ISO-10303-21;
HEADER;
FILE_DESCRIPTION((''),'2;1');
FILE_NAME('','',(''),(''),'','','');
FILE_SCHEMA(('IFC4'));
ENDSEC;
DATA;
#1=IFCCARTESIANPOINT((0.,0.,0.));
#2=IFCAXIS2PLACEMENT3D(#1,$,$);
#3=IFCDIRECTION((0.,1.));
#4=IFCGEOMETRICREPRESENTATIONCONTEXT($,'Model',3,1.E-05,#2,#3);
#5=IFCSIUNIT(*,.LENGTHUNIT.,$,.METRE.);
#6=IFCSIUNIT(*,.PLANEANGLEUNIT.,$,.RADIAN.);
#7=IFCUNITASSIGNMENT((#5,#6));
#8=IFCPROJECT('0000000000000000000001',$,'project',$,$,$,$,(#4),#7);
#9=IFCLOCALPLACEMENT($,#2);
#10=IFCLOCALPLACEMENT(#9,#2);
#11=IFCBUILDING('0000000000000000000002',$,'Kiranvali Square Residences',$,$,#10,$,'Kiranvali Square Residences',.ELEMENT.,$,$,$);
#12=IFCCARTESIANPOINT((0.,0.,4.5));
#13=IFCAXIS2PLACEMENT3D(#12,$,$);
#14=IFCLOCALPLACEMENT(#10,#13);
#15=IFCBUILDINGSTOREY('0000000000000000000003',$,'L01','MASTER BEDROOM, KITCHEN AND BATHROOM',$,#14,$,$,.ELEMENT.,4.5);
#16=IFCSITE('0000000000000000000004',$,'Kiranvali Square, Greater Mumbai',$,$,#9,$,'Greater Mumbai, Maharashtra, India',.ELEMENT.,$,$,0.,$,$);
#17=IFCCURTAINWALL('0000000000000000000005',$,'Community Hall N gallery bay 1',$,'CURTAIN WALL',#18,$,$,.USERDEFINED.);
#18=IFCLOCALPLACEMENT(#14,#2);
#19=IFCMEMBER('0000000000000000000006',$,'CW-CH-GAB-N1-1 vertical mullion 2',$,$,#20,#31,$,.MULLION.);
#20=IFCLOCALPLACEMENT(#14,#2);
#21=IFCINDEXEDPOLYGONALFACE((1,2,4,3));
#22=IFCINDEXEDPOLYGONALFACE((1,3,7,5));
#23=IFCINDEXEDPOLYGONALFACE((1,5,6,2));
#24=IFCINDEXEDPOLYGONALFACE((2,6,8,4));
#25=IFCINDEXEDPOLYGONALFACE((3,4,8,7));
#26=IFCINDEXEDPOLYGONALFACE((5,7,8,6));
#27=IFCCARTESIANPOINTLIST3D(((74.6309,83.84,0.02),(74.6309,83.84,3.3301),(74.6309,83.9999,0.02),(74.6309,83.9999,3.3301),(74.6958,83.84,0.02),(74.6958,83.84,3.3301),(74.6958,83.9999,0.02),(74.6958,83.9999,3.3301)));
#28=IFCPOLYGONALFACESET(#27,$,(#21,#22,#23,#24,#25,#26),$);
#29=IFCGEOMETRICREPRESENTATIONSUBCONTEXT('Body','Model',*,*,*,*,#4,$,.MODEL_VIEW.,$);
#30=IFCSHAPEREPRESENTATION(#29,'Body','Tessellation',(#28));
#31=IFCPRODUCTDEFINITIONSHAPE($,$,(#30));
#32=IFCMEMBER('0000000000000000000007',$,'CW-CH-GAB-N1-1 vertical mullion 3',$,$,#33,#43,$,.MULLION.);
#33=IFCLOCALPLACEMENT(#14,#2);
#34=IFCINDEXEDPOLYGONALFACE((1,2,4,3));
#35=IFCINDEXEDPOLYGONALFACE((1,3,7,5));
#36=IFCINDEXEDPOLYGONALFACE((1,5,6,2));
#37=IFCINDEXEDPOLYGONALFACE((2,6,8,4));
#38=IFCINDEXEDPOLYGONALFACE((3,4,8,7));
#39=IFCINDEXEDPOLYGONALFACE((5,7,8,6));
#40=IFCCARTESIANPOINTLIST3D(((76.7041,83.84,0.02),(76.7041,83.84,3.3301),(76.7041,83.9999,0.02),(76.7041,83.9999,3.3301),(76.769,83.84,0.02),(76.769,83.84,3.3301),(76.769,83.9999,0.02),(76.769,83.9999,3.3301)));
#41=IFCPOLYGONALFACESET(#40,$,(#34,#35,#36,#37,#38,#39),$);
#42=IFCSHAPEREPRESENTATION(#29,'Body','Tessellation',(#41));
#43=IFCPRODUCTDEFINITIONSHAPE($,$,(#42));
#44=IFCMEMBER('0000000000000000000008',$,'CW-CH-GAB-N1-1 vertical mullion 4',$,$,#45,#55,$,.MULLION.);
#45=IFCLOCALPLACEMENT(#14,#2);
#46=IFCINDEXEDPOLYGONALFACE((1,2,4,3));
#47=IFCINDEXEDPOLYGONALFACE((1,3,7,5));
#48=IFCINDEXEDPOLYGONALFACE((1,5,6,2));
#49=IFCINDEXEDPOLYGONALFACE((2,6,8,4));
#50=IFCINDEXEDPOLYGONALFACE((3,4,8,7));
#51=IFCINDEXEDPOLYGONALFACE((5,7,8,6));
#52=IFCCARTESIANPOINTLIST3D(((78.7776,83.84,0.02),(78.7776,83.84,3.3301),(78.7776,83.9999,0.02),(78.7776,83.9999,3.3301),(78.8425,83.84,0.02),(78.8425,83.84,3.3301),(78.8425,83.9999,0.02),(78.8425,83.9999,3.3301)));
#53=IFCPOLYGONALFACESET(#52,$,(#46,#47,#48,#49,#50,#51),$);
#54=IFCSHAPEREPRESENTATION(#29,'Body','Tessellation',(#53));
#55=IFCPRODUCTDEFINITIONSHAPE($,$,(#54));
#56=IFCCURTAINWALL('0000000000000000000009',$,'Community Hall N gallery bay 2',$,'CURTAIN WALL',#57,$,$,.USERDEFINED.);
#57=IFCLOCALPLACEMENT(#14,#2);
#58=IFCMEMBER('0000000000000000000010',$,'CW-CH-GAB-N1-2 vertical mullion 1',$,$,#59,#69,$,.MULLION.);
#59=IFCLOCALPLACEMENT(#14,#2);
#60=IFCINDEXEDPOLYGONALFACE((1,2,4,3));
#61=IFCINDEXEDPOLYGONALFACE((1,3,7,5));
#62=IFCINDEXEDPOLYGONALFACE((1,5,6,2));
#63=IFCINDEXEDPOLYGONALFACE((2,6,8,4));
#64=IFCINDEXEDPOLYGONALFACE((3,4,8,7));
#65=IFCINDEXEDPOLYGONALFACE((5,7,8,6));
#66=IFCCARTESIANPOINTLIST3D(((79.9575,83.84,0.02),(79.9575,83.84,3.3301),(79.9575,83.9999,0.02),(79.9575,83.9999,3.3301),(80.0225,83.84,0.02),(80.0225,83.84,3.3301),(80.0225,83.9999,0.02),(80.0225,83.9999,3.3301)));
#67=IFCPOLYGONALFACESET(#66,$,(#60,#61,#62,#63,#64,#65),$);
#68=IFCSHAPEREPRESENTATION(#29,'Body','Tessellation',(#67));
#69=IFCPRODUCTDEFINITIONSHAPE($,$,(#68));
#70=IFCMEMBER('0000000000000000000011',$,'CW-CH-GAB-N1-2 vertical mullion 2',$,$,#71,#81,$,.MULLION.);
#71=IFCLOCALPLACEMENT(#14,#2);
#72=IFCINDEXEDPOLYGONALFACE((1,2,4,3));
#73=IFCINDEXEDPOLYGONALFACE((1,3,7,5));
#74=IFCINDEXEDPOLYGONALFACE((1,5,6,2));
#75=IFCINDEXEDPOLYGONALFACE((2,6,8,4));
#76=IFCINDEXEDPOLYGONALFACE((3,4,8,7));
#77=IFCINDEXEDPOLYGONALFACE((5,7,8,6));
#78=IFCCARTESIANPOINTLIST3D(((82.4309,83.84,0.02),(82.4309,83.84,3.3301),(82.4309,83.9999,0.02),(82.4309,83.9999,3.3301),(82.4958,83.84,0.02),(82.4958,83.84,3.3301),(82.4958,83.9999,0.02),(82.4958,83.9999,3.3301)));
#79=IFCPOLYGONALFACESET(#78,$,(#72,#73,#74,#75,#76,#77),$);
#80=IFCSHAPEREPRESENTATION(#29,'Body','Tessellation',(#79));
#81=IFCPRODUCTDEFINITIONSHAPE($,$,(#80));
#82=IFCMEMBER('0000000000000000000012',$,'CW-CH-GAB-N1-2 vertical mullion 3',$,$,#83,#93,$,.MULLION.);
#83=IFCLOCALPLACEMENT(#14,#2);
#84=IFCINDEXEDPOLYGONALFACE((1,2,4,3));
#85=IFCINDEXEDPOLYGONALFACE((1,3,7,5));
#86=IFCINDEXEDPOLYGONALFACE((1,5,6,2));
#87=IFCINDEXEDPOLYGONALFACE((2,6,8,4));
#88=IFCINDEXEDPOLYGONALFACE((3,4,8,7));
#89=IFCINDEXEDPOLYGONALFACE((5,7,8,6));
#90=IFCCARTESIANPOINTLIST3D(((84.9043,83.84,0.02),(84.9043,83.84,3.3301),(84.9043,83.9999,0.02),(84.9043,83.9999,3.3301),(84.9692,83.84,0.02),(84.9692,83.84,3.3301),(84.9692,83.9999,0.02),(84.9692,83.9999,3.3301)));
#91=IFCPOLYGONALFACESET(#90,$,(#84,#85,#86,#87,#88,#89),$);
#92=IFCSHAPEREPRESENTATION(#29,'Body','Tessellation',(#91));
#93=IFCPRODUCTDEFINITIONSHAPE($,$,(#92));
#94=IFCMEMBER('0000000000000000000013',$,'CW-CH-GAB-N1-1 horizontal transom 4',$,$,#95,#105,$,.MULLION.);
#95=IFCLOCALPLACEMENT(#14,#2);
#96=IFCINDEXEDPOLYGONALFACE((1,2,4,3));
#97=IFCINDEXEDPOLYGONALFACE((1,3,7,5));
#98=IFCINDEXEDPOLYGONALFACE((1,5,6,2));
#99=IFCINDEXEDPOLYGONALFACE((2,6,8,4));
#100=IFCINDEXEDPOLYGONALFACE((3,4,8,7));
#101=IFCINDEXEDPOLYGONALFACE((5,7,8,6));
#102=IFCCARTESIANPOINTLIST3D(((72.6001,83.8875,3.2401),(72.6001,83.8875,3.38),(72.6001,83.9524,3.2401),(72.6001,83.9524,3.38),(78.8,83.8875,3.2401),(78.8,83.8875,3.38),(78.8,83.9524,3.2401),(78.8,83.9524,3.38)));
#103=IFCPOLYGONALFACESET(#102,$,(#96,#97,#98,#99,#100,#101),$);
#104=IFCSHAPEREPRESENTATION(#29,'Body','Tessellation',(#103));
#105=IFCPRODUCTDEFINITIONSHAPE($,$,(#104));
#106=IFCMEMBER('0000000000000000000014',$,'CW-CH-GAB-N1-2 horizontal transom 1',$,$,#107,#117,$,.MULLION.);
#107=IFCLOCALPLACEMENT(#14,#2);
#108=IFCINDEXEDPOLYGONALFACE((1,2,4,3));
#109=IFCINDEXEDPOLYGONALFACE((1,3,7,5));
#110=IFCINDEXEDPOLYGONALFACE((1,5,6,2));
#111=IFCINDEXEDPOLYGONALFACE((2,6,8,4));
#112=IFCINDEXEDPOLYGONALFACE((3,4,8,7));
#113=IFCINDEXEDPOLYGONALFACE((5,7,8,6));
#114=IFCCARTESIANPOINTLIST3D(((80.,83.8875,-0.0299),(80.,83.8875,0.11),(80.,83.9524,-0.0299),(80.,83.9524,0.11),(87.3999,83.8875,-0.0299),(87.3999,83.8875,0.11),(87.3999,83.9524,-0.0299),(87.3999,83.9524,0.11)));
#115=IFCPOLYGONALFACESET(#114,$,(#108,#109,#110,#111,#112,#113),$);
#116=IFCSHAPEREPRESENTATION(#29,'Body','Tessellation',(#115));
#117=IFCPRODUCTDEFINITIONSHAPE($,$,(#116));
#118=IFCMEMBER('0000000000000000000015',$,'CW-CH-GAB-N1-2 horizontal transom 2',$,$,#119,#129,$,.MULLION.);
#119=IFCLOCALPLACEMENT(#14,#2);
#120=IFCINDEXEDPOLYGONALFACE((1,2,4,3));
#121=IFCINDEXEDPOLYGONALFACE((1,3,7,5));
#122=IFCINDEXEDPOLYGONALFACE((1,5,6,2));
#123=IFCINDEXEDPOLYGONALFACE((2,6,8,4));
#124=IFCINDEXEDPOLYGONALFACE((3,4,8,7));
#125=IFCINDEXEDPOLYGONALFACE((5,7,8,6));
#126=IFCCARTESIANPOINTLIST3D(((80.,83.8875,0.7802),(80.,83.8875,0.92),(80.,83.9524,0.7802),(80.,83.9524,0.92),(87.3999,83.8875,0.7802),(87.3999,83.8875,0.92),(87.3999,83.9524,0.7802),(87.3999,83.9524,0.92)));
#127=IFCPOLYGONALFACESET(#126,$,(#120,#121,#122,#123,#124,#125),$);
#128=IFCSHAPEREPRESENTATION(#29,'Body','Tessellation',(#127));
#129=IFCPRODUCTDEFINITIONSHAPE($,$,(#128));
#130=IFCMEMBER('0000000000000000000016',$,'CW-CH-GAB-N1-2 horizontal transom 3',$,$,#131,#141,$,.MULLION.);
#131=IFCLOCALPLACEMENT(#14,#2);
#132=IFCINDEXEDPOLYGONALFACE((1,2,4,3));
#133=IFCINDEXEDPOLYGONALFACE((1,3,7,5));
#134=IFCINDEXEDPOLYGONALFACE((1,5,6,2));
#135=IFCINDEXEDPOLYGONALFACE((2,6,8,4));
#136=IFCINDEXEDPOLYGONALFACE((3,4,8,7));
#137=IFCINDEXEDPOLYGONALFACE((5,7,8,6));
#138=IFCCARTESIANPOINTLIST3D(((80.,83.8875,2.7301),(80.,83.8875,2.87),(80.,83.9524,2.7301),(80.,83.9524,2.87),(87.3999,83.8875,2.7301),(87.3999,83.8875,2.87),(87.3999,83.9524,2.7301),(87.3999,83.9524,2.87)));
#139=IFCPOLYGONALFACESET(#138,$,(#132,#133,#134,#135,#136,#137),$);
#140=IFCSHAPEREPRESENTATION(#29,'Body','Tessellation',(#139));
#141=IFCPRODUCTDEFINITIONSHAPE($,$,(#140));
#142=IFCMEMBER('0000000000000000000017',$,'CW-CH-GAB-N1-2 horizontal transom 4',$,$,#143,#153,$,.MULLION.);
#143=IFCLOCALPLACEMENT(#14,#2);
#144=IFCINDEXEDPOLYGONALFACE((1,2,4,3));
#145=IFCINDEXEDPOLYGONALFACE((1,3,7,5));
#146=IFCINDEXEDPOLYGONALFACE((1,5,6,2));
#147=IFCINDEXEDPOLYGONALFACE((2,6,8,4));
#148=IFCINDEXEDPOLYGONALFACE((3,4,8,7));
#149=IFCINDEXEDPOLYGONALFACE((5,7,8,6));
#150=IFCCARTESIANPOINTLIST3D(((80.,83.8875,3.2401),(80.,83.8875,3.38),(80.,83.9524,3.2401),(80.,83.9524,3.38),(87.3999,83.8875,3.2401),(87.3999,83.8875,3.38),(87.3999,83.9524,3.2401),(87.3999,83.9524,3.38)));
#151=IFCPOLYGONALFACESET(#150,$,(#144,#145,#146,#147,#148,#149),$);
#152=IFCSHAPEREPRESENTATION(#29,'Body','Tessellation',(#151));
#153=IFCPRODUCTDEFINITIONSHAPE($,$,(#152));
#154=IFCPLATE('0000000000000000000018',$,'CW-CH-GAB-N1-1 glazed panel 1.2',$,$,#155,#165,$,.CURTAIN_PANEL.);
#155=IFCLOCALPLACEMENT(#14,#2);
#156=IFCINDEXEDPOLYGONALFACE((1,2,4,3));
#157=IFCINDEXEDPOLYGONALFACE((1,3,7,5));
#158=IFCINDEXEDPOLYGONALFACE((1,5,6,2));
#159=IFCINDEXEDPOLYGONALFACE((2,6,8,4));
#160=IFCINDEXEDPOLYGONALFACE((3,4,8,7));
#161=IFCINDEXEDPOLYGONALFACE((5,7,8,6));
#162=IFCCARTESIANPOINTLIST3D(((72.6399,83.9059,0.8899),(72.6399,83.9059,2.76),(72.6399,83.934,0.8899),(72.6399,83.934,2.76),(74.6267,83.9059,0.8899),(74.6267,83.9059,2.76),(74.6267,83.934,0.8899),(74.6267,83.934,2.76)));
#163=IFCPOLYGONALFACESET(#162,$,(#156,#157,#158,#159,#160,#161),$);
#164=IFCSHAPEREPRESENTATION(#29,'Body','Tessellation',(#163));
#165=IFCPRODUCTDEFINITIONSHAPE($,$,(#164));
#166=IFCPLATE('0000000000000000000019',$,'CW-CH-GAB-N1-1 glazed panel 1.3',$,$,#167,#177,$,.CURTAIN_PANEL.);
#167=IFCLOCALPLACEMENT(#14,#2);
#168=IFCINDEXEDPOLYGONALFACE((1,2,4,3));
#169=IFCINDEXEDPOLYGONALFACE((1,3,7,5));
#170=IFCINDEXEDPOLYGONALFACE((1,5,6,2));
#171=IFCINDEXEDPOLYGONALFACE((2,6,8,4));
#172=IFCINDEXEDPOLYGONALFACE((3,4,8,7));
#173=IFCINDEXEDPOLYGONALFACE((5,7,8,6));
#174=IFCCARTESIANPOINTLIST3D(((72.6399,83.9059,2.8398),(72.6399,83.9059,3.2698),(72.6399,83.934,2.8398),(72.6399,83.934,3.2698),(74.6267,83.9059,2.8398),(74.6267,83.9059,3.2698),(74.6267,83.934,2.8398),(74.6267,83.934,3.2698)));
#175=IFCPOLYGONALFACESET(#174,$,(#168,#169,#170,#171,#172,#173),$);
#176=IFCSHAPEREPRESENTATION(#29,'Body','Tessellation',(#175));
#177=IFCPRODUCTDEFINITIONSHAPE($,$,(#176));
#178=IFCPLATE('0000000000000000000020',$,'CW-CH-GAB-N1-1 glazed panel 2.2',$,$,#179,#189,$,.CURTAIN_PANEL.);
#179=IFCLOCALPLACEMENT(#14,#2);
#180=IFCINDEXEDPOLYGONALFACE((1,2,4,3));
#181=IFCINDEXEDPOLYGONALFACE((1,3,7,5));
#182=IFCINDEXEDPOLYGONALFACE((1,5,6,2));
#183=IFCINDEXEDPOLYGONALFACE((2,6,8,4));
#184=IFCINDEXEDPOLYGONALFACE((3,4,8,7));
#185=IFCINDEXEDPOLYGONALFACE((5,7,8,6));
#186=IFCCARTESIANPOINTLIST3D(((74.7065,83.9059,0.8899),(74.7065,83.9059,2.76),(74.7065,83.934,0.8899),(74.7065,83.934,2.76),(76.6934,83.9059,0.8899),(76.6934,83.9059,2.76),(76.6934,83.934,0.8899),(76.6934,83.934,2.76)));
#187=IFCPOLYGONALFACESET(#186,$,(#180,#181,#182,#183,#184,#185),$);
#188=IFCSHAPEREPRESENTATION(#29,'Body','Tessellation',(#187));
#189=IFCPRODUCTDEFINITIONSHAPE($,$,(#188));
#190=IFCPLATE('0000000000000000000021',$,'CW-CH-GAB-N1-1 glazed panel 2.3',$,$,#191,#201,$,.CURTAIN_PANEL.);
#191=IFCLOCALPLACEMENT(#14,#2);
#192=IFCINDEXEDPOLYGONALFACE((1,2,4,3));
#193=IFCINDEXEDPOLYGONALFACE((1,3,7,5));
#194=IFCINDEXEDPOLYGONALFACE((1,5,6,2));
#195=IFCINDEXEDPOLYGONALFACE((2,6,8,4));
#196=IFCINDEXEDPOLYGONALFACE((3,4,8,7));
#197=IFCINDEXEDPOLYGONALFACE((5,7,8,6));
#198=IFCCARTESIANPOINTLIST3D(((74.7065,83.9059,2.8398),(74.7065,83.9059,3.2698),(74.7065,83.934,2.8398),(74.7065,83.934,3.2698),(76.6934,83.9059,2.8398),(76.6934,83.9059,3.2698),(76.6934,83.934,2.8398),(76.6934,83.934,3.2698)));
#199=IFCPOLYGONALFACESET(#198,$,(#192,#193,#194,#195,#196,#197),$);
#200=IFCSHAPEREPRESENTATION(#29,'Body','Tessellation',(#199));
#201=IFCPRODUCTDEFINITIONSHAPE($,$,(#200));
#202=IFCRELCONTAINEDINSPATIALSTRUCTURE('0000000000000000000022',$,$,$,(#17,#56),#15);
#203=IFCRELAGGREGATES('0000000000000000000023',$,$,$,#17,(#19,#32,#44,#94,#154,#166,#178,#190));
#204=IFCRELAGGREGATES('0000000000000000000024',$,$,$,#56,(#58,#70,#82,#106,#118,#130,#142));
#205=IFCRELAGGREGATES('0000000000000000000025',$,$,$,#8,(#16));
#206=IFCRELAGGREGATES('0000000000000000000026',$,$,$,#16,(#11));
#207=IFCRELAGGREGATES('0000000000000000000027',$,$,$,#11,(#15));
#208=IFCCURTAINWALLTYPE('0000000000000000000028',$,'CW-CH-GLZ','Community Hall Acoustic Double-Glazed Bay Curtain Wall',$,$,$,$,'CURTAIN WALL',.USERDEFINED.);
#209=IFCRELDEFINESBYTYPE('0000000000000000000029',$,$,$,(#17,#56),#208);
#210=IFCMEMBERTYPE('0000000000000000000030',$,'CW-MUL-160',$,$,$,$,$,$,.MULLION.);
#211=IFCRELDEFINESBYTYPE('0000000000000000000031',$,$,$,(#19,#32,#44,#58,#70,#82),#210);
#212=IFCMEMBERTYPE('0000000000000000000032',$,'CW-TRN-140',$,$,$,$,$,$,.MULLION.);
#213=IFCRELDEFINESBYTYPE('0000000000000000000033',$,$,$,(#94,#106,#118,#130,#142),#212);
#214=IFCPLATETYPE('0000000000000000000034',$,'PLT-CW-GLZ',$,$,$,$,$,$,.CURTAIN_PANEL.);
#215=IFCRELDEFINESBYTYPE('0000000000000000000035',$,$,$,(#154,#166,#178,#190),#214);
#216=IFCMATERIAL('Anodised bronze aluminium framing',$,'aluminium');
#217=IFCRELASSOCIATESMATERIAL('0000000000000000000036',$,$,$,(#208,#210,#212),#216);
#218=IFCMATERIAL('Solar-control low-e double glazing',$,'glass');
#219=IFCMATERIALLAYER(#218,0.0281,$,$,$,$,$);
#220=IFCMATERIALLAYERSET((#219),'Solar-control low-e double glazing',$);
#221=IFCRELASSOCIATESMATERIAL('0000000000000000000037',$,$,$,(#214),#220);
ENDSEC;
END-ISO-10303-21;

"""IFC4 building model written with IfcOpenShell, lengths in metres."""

from ifc_helpers import new_model, si_unit, direction, frame, origin, origin_2d, place, context, subcontext, project, spatial, rectangle, extrude, material, layer, layer_set, material_profile, profile_set, type_object, element, aggregate, save


model = new_model("IFC4")

# Units and contexts
model_context = context("Model", 3, precision=1e-05, world=origin(), true_north=direction((0.0, 1.0)))
body_context = subcontext(model_context, "Body", "Model", "MODEL_VIEW")
ifc_project = project(units=[si_unit("LENGTHUNIT", "METRE"), si_unit("PLANEANGLEUNIT", "RADIAN")], contexts=[model_context])

# Site, building, storey
site_placement = place(None, origin())
site = spatial("IfcSite", under=ifc_project, at=site_placement, Name="Kiranvali Square, Greater Mumbai", LongName="Greater Mumbai, Maharashtra, India", CompositionType="ELEMENT", RefElevation=0.0)
building_placement = place(site_placement, origin())
building = spatial("IfcBuilding", under=site, at=building_placement, Name="Kiranvali Square Residences", LongName="Kiranvali Square Residences", CompositionType="ELEMENT")
storey_placement = place(building_placement, frame((0.0, 0.0, 4.5)))
storey = spatial("IfcBuildingStorey", under=building, at=storey_placement, Name="L01", Description="MASTER BEDROOM, KITCHEN AND BATHROOM", CompositionType="ELEMENT", Elevation=4.5)

# Curtain walls, members
ifc_material_1 = material(Name="Anodised bronze aluminium framing", Category="aluminium")
curtain_wall_type = type_object("IfcCurtainWallType", Name="CW-CH-GLZ", Description="Community Hall Acoustic Double-Glazed Bay Curtain Wall", ElementType="CURTAIN WALL", PredefinedType="USERDEFINED", material=ifc_material_1)
curtain_wall_1_placement = place(storey_placement, origin())
curtain_wall_1 = element("IfcCurtainWall", 1, at=curtain_wall_1_placement, inside=storey, type_object=curtain_wall_type, Name="Community Hall N gallery bay 1", ObjectType="CURTAIN WALL", PredefinedType="USERDEFINED")
ifc_material_profile_1 = material_profile(ifc_material_1, rectangle(XDim=0.0649, YDim=0.1599, at=origin_2d()), Name="ALU 65x160")
ifc_profile_set_1 = profile_set([ifc_material_profile_1], Name="Anodised bronze aluminium framing")
member_type_1 = type_object("IfcMemberType", Name="CW-MUL-160", PredefinedType="MULLION", material=ifc_profile_set_1)
member_1_placement = place(storey_placement, frame((74.6633, 83.9199, 0.02), z_axis=(0.0, 0.0, 1.0), x_axis=(1.0, 0.0, 0.0)))
member_1 = element("IfcMember", 2, at=member_1_placement, type_object=member_type_1, Name="CW-CH-GAB-N1-1 vertical mullion 2", PredefinedType="MULLION", context=body_context, shape_type="SweptSolid", body=[
    extrude(rectangle(XDim=0.0649, YDim=0.1599, at=origin_2d()), origin(), (0.0, 0.0, 1.0), 3.3101),
])
member_2_placement = place(storey_placement, frame((76.7366, 83.9199, 0.02), z_axis=(0.0, 0.0, 1.0), x_axis=(1.0, 0.0, 0.0)))
member_2 = element("IfcMember", 3, at=member_2_placement, type_object=member_type_1, Name="CW-CH-GAB-N1-1 vertical mullion 3", PredefinedType="MULLION", context=body_context, shape_type="SweptSolid", body=[
    extrude(rectangle(XDim=0.0649, YDim=0.1599, at=origin_2d()), origin(), (0.0, 0.0, 1.0), 3.3101),
])
member_3_placement = place(storey_placement, frame((78.8101, 83.9199, 0.02), z_axis=(0.0, 0.0, 1.0), x_axis=(1.0, 0.0, 0.0)))
member_3 = element("IfcMember", 4, at=member_3_placement, type_object=member_type_1, Name="CW-CH-GAB-N1-1 vertical mullion 4", PredefinedType="MULLION", context=body_context, shape_type="SweptSolid", body=[
    extrude(rectangle(XDim=0.0649, YDim=0.1599, at=origin_2d()), origin(), (0.0, 0.0, 1.0), 3.3101),
])
curtain_wall_2_placement = place(storey_placement, origin())
curtain_wall_2 = element("IfcCurtainWall", 5, at=curtain_wall_2_placement, inside=storey, type_object=curtain_wall_type, Name="Community Hall N gallery bay 2", ObjectType="CURTAIN WALL", PredefinedType="USERDEFINED")
member_4_placement = place(storey_placement, frame((79.99, 83.9199, 0.02), z_axis=(0.0, 0.0, 1.0), x_axis=(1.0, 0.0, 0.0)))
member_4 = element("IfcMember", 6, at=member_4_placement, type_object=member_type_1, Name="CW-CH-GAB-N1-2 vertical mullion 1", PredefinedType="MULLION", context=body_context, shape_type="SweptSolid", body=[
    extrude(rectangle(XDim=0.0649, YDim=0.1599, at=origin_2d()), origin(), (0.0, 0.0, 1.0), 3.3101),
])
member_5_placement = place(storey_placement, frame((82.4634, 83.9199, 0.02), z_axis=(0.0, 0.0, 1.0), x_axis=(1.0, 0.0, 0.0)))
member_5 = element("IfcMember", 7, at=member_5_placement, type_object=member_type_1, Name="CW-CH-GAB-N1-2 vertical mullion 2", PredefinedType="MULLION", context=body_context, shape_type="SweptSolid", body=[
    extrude(rectangle(XDim=0.0649, YDim=0.1599, at=origin_2d()), origin(), (0.0, 0.0, 1.0), 3.3101),
])
member_6_placement = place(storey_placement, frame((84.9368, 83.9199, 0.02), z_axis=(0.0, 0.0, 1.0), x_axis=(1.0, 0.0, 0.0)))
member_6 = element("IfcMember", 8, at=member_6_placement, type_object=member_type_1, Name="CW-CH-GAB-N1-2 vertical mullion 3", PredefinedType="MULLION", context=body_context, shape_type="SweptSolid", body=[
    extrude(rectangle(XDim=0.0649, YDim=0.1599, at=origin_2d()), origin(), (0.0, 0.0, 1.0), 3.3101),
])

# Members
ifc_material_profile_2 = material_profile(ifc_material_1, rectangle(XDim=0.0649, YDim=0.1399, at=origin_2d()), Name="ALU 65x140")
ifc_profile_set_2 = profile_set([ifc_material_profile_2], Name="Anodised bronze aluminium framing")
member_type_2 = type_object("IfcMemberType", Name="CW-TRN-140", PredefinedType="MULLION", material=ifc_profile_set_2)
member_7_placement = place(storey_placement, frame((72.6001, 83.9199, 3.3101), z_axis=(1.0, 0.0, 0.0), x_axis=(0.0, 1.0, 0.0)))
member_7 = element("IfcMember", 9, at=member_7_placement, type_object=member_type_2, Name="CW-CH-GAB-N1-1 horizontal transom 4", PredefinedType="MULLION", context=body_context, shape_type="SweptSolid", body=[
    extrude(rectangle(XDim=0.0649, YDim=0.1399, at=origin_2d()), origin(), (0.0, 0.0, 1.0), 6.2),
])
member_8_placement = place(storey_placement, frame((80.0, 83.9199, 0.04), z_axis=(1.0, 0.0, 0.0), x_axis=(0.0, 1.0, 0.0)))
member_8 = element("IfcMember", 10, at=member_8_placement, type_object=member_type_2, Name="CW-CH-GAB-N1-2 horizontal transom 1", PredefinedType="MULLION", context=body_context, shape_type="SweptSolid", body=[
    extrude(rectangle(XDim=0.0649, YDim=0.1399, at=origin_2d()), origin(), (0.0, 0.0, 1.0), 7.3999),
])
member_9_placement = place(storey_placement, frame((80.0, 83.9199, 0.8501), z_axis=(1.0, 0.0, 0.0), x_axis=(0.0, 1.0, 0.0)))
member_9 = element("IfcMember", 11, at=member_9_placement, type_object=member_type_2, Name="CW-CH-GAB-N1-2 horizontal transom 2", PredefinedType="MULLION", context=body_context, shape_type="SweptSolid", body=[
    extrude(rectangle(XDim=0.0649, YDim=0.1399, at=origin_2d()), origin(), (0.0, 0.0, 1.0), 7.3999),
])
member_10_placement = place(storey_placement, frame((80.0, 83.9199, 2.8), z_axis=(1.0, 0.0, 0.0), x_axis=(0.0, 1.0, 0.0)))
member_10 = element("IfcMember", 12, at=member_10_placement, type_object=member_type_2, Name="CW-CH-GAB-N1-2 horizontal transom 3", PredefinedType="MULLION", context=body_context, shape_type="SweptSolid", body=[
    extrude(rectangle(XDim=0.0649, YDim=0.1399, at=origin_2d()), origin(), (0.0, 0.0, 1.0), 7.3999),
])
member_11_placement = place(storey_placement, frame((80.0, 83.9199, 3.3101), z_axis=(1.0, 0.0, 0.0), x_axis=(0.0, 1.0, 0.0)))
member_11 = element("IfcMember", 13, at=member_11_placement, type_object=member_type_2, Name="CW-CH-GAB-N1-2 horizontal transom 4", PredefinedType="MULLION", context=body_context, shape_type="SweptSolid", body=[
    extrude(rectangle(XDim=0.0649, YDim=0.1399, at=origin_2d()), origin(), (0.0, 0.0, 1.0), 7.3999),
])

# Plates
ifc_material_2 = material(Name="Solar-control low-e double glazing", Category="glass")
ifc_layer_1 = layer(ifc_material_2, 0.0281)
ifc_layer_set_1 = layer_set([ifc_layer_1], Name="Solar-control low-e double glazing")
plate_type_1 = type_object("IfcPlateType", Name="PLT-CW-GLZ", PredefinedType="CURTAIN_PANEL", material=ifc_layer_set_1)
plate_1_placement = place(storey_placement, frame((73.6333, 83.9199, 0.8899), z_axis=(0.0, 0.0, 1.0), x_axis=(1.0, 0.0, 0.0)))
plate_1 = element("IfcPlate", 14, at=plate_1_placement, type_object=plate_type_1, Name="CW-CH-GAB-N1-1 glazed panel 1.2", PredefinedType="CURTAIN_PANEL", context=body_context, shape_type="SweptSolid", body=[
    extrude(rectangle(XDim=1.9868, YDim=0.0281, at=origin_2d()), origin(), (0.0, 0.0, 1.0), 1.8701),
])
plate_2_placement = place(storey_placement, frame((73.6333, 83.9199, 2.8398), z_axis=(0.0, 0.0, 1.0), x_axis=(1.0, 0.0, 0.0)))
plate_2 = element("IfcPlate", 15, at=plate_2_placement, type_object=plate_type_1, Name="CW-CH-GAB-N1-1 glazed panel 1.3", PredefinedType="CURTAIN_PANEL", context=body_context, shape_type="SweptSolid", body=[
    extrude(rectangle(XDim=1.9868, YDim=0.0281, at=origin_2d()), origin(), (0.0, 0.0, 1.0), 0.4299),
])
plate_3_placement = place(storey_placement, frame((75.7, 83.9199, 0.8899), z_axis=(0.0, 0.0, 1.0), x_axis=(1.0, 0.0, 0.0)))
plate_3 = element("IfcPlate", 16, at=plate_3_placement, type_object=plate_type_1, Name="CW-CH-GAB-N1-1 glazed panel 2.2", PredefinedType="CURTAIN_PANEL", context=body_context, shape_type="SweptSolid", body=[
    extrude(rectangle(XDim=1.9868, YDim=0.0281, at=origin_2d()), origin(), (0.0, 0.0, 1.0), 1.8701),
])
plate_4_placement = place(storey_placement, frame((75.7, 83.9199, 2.8398), z_axis=(0.0, 0.0, 1.0), x_axis=(1.0, 0.0, 0.0)))
plate_4 = element("IfcPlate", 17, at=plate_4_placement, type_object=plate_type_1, Name="CW-CH-GAB-N1-1 glazed panel 2.3", PredefinedType="CURTAIN_PANEL", context=body_context, shape_type="SweptSolid", body=[
    extrude(rectangle(XDim=1.9868, YDim=0.0281, at=origin_2d()), origin(), (0.0, 0.0, 1.0), 0.4299),
])
aggregate(curtain_wall_1, [member_1, member_2, member_3, member_7, plate_1, plate_2, plate_3, plate_4])
aggregate(curtain_wall_2, [member_4, member_5, member_6, member_8, member_9, member_10, member_11])

save(model, "model.ifc")
